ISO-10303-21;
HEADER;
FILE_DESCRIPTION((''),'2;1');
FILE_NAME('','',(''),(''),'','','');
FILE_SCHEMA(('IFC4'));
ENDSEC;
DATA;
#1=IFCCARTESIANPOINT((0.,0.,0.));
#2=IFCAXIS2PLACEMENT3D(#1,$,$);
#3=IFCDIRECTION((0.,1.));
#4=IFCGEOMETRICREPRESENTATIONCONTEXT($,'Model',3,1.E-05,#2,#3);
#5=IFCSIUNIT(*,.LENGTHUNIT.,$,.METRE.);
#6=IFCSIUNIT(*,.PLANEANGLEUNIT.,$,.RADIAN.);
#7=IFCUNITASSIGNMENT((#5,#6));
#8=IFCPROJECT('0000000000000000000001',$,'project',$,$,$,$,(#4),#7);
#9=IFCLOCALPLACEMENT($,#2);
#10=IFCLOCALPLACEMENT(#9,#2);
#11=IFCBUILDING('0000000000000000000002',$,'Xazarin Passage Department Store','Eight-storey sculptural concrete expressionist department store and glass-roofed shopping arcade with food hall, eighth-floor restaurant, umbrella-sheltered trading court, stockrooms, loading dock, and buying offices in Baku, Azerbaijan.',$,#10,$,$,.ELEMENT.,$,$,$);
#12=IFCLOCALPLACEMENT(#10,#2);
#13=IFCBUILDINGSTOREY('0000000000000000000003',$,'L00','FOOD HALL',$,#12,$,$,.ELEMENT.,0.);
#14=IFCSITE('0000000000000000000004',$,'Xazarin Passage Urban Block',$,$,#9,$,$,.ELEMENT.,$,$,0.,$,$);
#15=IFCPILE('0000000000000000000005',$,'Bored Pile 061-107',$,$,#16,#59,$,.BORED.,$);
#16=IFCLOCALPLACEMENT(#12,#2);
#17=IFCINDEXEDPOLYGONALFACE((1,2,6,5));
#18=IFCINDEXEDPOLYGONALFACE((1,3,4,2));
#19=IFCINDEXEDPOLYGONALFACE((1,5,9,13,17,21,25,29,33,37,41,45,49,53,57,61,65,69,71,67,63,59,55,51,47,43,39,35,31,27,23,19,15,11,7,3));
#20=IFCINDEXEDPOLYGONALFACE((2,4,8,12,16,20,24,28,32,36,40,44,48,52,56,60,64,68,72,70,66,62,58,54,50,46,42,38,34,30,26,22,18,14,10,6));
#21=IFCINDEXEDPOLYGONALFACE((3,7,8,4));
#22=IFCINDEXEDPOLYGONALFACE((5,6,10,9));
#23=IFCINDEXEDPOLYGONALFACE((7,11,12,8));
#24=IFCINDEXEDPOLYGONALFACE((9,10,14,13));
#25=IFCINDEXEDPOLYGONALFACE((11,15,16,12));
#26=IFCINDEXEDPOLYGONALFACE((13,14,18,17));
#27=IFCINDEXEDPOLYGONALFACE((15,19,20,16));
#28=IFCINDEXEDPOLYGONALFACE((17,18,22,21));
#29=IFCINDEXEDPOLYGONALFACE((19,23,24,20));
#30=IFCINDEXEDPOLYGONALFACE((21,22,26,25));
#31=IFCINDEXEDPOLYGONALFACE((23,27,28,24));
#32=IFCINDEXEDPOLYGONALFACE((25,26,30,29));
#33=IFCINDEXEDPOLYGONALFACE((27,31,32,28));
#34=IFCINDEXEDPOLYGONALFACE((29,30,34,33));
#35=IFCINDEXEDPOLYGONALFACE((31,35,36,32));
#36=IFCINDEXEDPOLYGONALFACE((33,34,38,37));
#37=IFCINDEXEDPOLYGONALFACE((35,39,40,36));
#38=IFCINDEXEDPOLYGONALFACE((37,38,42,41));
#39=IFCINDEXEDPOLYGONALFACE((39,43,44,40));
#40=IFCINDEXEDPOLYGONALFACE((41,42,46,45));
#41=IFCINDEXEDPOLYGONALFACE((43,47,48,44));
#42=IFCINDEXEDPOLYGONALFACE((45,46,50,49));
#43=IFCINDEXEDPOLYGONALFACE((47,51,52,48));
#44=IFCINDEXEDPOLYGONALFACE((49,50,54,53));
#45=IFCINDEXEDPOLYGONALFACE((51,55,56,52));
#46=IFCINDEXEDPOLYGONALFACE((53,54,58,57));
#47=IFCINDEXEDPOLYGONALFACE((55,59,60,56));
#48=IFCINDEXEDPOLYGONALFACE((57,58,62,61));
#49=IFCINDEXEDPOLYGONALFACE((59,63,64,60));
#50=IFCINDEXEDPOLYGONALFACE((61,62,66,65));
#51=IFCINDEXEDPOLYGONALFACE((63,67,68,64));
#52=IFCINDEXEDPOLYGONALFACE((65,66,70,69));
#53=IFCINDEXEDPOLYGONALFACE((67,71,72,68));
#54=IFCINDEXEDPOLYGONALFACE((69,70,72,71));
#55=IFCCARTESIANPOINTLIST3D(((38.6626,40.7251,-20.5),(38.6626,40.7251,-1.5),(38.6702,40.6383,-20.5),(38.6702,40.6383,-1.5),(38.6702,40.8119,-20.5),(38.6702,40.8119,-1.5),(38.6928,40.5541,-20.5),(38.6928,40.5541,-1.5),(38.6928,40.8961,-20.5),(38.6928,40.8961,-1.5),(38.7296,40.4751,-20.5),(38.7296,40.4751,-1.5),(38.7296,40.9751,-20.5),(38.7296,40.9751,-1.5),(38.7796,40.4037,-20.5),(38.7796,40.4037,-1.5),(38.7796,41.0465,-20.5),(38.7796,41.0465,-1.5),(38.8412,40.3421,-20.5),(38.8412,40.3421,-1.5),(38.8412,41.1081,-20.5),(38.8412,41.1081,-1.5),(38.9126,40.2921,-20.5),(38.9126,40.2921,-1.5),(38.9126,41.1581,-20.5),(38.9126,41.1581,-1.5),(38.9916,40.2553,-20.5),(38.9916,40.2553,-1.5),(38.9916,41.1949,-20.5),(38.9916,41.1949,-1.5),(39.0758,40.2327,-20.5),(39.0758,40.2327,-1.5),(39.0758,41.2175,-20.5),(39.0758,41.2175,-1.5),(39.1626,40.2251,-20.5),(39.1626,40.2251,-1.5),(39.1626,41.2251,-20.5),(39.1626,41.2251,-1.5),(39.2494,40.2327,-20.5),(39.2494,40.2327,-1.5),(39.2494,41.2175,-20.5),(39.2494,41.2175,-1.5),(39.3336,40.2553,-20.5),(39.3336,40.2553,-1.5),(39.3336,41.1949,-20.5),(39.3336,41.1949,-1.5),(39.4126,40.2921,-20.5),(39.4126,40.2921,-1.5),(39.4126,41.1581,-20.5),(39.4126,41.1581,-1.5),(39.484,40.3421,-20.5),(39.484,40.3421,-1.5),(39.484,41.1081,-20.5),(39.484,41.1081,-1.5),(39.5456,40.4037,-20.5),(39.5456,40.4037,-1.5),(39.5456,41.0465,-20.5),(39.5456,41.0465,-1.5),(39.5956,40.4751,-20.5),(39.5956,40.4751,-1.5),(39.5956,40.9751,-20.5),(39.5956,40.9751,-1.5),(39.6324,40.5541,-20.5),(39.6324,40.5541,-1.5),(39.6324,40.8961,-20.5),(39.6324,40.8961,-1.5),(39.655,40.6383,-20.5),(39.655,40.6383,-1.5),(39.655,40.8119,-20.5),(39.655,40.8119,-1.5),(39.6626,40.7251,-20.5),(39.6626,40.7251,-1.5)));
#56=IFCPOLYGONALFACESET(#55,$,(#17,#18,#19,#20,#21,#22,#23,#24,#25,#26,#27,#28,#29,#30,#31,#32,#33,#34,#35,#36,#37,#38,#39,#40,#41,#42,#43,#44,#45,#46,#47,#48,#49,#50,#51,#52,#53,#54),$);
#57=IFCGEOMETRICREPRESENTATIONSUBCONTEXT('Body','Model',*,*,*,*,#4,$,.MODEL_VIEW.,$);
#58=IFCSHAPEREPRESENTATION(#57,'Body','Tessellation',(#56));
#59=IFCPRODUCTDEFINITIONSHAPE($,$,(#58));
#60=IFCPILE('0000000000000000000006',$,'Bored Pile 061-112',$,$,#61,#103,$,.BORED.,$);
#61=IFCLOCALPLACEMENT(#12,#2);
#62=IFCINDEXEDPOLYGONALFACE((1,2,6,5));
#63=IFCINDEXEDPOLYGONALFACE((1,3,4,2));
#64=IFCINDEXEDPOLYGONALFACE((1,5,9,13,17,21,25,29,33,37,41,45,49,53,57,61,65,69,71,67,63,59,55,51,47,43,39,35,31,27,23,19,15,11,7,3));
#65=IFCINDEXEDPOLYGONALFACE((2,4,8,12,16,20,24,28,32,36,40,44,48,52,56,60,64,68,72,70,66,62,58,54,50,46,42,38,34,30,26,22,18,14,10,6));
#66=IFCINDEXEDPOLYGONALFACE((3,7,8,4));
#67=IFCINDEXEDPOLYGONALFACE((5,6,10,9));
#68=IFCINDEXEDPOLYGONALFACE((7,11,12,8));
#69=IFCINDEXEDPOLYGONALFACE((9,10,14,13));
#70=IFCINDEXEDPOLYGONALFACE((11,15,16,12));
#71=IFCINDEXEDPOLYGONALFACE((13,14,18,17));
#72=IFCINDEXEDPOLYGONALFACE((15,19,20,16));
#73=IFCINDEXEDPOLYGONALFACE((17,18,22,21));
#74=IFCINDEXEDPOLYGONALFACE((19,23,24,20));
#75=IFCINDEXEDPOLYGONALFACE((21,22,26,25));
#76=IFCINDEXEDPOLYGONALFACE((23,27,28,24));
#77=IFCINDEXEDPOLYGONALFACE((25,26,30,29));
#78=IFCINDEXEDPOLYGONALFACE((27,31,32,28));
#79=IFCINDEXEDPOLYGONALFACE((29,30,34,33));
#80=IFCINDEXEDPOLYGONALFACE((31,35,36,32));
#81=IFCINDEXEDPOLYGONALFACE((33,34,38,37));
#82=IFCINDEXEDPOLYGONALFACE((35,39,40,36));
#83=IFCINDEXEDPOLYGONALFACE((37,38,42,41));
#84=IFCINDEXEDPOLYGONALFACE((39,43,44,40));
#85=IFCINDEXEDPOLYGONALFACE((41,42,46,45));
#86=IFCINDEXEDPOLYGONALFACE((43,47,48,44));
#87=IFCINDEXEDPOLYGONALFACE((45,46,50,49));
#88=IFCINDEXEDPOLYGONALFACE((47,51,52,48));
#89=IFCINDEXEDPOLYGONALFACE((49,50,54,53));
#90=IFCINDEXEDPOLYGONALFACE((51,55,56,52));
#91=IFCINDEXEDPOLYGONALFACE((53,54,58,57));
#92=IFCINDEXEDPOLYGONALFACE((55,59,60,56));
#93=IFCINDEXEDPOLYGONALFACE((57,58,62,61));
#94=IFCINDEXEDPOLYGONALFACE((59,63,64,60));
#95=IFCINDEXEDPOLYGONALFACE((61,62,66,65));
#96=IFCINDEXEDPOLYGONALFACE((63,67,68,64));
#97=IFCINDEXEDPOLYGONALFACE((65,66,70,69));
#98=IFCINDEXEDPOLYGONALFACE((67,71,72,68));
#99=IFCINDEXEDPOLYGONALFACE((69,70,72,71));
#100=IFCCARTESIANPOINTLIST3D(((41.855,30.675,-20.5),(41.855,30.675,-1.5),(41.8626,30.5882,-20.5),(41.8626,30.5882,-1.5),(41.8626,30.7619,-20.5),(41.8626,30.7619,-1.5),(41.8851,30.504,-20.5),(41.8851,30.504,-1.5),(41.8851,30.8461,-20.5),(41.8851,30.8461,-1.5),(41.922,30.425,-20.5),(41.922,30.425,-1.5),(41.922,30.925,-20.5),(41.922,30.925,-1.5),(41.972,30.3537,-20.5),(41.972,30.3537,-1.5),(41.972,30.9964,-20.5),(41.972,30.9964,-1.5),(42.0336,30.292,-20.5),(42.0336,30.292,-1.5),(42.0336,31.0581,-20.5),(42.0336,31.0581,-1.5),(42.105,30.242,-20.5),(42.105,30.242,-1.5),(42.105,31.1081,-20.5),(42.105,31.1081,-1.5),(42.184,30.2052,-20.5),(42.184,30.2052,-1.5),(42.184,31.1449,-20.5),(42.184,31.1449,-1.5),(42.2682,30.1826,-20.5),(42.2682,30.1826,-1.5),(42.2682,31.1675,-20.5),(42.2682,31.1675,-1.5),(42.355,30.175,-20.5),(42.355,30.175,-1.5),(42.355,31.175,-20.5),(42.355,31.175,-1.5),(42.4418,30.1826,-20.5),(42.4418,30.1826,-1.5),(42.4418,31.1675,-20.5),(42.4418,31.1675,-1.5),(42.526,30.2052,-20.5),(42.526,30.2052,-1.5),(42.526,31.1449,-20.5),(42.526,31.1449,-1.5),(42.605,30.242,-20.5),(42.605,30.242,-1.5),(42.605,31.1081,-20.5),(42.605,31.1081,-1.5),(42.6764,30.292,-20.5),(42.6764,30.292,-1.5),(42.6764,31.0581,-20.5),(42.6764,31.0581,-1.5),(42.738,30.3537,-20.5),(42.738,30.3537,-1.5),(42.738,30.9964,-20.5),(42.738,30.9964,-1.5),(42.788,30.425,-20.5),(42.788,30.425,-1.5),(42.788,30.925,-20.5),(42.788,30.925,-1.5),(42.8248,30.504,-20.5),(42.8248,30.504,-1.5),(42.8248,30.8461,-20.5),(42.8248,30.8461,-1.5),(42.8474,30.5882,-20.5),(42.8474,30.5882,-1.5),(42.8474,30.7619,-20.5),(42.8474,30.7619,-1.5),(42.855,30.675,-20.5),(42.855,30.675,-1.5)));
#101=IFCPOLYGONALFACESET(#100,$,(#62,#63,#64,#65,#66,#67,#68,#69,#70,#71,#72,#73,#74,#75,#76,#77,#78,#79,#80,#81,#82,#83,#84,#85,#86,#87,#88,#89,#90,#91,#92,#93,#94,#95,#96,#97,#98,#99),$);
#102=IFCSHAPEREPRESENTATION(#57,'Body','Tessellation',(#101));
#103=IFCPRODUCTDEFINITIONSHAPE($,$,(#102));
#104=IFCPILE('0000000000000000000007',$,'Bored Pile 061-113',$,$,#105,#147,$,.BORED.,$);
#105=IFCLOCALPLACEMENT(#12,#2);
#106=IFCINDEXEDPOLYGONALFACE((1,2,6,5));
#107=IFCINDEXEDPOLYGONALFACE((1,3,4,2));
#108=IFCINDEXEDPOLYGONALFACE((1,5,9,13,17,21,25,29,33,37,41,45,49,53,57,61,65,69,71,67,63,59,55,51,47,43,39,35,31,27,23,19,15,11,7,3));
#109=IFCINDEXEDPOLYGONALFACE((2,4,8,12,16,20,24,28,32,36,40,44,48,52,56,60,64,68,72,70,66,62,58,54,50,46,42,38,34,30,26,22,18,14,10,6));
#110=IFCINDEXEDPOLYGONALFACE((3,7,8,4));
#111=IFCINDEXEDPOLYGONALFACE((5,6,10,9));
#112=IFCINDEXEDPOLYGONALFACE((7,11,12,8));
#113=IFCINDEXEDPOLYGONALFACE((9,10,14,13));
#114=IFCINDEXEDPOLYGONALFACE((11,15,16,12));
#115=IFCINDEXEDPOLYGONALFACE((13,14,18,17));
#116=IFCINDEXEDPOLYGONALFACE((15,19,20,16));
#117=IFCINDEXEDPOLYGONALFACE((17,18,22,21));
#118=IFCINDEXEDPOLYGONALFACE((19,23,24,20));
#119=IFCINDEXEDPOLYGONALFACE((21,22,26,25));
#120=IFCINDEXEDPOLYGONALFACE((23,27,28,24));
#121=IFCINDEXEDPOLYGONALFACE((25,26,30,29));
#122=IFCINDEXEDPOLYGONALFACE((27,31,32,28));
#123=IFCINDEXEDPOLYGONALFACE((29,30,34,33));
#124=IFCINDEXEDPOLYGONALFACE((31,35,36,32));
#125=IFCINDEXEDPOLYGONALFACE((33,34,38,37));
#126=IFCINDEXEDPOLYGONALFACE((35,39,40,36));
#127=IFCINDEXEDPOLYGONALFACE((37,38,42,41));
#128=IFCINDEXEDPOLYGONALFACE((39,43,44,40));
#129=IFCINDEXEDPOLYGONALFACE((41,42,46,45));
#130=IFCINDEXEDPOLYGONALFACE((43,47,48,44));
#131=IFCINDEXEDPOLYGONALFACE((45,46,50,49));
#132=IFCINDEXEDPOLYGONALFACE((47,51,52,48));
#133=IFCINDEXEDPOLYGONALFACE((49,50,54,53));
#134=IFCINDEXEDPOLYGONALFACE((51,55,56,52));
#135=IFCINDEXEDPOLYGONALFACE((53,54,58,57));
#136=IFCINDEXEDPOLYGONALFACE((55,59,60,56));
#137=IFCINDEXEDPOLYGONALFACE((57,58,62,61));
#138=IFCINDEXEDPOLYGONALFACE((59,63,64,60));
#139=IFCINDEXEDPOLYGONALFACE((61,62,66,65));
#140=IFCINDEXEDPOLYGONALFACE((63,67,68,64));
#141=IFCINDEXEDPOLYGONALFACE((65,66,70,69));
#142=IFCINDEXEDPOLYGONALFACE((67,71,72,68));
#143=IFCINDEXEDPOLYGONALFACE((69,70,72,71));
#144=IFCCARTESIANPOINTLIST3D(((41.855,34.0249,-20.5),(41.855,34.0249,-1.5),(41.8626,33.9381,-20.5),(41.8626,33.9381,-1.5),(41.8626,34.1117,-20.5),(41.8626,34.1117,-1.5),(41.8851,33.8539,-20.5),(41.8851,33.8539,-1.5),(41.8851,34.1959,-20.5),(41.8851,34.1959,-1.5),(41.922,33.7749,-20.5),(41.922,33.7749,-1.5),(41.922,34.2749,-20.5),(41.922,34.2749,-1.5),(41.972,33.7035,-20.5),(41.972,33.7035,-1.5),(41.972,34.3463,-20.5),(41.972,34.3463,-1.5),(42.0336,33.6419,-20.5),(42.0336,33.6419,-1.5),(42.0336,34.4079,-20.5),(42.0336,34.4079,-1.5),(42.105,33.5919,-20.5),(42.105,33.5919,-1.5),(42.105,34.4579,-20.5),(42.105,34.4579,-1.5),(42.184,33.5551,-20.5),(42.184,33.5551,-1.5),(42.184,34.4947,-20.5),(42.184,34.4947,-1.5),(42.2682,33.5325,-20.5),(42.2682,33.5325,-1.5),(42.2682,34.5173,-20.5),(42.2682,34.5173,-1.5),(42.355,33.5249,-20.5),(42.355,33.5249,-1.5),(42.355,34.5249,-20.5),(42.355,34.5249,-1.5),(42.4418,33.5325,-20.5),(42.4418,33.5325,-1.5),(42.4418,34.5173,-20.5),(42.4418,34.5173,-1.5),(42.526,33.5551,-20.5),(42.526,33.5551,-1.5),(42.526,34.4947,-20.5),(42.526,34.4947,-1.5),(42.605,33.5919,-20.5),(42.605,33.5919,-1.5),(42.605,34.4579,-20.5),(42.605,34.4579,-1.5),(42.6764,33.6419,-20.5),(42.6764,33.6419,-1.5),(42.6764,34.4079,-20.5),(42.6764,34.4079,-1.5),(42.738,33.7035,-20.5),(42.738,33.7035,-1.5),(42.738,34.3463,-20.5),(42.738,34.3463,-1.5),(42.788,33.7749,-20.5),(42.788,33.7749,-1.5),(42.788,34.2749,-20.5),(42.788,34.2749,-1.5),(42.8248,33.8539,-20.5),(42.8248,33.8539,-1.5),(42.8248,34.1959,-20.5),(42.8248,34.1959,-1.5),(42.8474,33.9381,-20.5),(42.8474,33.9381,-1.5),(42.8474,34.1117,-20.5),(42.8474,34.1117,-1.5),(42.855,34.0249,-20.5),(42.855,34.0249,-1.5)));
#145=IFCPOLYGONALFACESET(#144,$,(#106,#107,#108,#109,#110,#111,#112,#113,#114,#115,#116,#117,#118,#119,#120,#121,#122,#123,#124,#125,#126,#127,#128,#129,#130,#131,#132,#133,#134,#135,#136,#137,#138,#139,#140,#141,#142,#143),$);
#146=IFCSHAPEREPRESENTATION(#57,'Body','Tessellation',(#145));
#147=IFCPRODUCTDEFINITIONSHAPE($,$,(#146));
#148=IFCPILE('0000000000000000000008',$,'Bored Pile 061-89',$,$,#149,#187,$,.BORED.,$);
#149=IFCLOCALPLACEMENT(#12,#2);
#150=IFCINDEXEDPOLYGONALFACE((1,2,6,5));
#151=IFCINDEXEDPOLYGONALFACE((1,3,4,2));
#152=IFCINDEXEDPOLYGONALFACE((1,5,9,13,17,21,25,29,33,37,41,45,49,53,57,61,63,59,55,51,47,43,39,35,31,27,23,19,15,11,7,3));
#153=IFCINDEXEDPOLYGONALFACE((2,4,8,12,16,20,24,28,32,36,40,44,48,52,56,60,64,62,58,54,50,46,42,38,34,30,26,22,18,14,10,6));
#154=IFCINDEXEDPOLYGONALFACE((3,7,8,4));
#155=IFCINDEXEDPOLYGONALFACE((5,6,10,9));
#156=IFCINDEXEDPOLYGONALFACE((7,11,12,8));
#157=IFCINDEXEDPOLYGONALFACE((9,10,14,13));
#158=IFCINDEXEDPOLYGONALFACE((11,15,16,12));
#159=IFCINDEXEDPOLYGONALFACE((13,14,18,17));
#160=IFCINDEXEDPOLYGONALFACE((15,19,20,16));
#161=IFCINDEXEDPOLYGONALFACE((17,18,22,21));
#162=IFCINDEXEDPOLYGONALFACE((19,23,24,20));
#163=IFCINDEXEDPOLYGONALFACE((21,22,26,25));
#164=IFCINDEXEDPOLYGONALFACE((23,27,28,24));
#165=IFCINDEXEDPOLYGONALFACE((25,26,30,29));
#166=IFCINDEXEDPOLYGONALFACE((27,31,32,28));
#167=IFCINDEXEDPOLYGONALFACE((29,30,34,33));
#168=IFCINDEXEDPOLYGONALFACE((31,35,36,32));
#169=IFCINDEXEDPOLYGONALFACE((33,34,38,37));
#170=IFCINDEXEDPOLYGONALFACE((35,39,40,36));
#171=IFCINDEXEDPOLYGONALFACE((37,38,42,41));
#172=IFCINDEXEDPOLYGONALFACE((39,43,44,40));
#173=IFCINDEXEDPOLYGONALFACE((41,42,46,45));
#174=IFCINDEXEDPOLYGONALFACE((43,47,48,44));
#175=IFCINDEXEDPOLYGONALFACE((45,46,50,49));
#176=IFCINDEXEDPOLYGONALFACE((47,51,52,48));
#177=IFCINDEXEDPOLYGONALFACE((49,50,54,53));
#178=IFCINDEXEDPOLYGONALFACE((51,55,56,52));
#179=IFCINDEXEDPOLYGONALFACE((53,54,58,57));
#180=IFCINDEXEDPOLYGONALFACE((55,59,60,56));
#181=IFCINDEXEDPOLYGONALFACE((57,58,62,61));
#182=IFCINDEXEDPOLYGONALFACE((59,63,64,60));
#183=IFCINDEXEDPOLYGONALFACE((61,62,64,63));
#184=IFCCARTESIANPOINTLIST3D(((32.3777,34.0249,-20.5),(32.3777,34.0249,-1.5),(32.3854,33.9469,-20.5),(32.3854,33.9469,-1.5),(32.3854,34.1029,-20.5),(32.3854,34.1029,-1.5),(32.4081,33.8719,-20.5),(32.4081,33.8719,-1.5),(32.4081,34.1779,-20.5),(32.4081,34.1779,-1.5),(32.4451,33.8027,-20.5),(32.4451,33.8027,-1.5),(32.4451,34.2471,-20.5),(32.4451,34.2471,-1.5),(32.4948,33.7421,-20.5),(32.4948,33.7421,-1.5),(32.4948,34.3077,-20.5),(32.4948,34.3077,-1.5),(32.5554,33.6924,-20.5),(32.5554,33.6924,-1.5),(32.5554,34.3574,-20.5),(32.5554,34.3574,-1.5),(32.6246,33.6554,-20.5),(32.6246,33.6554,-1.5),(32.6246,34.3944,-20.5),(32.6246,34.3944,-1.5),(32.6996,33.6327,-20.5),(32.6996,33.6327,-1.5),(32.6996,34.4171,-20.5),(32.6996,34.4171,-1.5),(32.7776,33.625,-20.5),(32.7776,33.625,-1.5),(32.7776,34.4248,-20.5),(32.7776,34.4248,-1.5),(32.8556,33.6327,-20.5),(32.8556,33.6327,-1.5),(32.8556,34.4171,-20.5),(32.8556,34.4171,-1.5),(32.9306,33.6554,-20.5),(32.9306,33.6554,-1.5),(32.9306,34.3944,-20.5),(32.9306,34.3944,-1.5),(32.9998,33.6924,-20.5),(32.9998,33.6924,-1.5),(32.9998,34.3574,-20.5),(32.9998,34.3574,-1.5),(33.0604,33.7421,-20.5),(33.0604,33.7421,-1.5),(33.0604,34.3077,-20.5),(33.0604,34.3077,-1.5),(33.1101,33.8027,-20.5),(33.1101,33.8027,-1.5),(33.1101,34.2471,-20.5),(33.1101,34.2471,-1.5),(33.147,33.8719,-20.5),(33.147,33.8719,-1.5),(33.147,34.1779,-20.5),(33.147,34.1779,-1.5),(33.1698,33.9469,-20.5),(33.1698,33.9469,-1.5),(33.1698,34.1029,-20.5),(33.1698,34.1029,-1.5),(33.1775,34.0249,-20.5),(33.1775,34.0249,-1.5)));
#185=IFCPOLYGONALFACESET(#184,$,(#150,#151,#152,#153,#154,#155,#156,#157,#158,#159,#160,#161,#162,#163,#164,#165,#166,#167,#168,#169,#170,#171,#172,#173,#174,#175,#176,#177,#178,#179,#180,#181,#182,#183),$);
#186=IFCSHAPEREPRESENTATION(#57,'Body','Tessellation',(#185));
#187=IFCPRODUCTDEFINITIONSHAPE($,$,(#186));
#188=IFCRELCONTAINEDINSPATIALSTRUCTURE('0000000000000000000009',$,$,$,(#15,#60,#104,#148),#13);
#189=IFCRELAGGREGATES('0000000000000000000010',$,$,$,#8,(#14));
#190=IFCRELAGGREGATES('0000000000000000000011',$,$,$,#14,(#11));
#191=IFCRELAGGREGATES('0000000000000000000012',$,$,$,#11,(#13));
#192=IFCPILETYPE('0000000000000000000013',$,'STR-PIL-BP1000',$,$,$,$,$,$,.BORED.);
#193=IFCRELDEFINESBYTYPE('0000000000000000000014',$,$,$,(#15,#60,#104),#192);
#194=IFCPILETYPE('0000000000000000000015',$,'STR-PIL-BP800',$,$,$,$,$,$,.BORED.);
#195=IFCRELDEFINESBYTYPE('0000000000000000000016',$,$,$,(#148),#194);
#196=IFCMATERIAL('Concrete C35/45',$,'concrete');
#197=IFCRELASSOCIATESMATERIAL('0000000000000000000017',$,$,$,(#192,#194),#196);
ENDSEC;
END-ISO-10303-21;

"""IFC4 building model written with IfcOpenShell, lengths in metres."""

from ifc_helpers import new_model, si_unit, direction, frame, origin, origin_2d, place, context, subcontext, project, spatial, circle, extrude, material, material_profile, profile_set, type_object, element, save


model = new_model("IFC4")

# Units and contexts
model_context = context("Model", 3, precision=1e-05, world=origin(), true_north=direction((0.0, 1.0)))
body_context = subcontext(model_context, "Body", "Model", "MODEL_VIEW")
ifc_project = project(units=[si_unit("LENGTHUNIT", "METRE"), si_unit("PLANEANGLEUNIT", "RADIAN")], contexts=[model_context])

# Site, building, storey
site_placement = place(None, origin())
site = spatial("IfcSite", under=ifc_project, at=site_placement, Name="Xazarin Passage Urban Block", CompositionType="ELEMENT", RefElevation=0.0)
building_placement = place(site_placement, origin())
building = spatial("IfcBuilding", under=site, at=building_placement, Name="Xazarin Passage Department Store", Description="Eight-storey sculptural concrete expressionist department store and glass-roofed shopping arcade with food hall, eighth-floor restaurant, umbrella-sheltered trading court, stockrooms, loading dock, and buying offices in Baku, Azerbaijan.", CompositionType="ELEMENT")
storey_placement = place(building_placement, origin())
storey = spatial("IfcBuildingStorey", under=building, at=storey_placement, Name="L00", Description="FOOD HALL", CompositionType="ELEMENT", Elevation=0.0)

# Shared definitions
ifc_material_1 = material(Name="Concrete C35/45", Category="concrete")

# Piles
ifc_material_profile_1 = material_profile(ifc_material_1, circle(Radius=0.5, at=origin_2d()), Name="BP 1000")
ifc_profile_set_1 = profile_set([ifc_material_profile_1], Name="Concrete C35/45")
pile_type_1 = type_object("IfcPileType", Name="STR-PIL-BP1000", PredefinedType="BORED", material=ifc_profile_set_1)
for number, where, z_axis, x_axis, name in (
    (1, (39.1626, 40.7251, -1.5), (0.0, 0.0, -1.0), (1.0, 0.0, 0.0), "Bored Pile 061-107"),
    (2, (42.355, 30.675, -1.5), (0.0, 0.0, -1.0), (1.0, 0.0, 0.0), "Bored Pile 061-112"),
    (3, (42.355, 34.0249, -1.5), (0.0, 0.0, -1.0), (1.0, 0.0, 0.0), "Bored Pile 061-113"),
):
    element("IfcPile", number, at=place(storey_placement, frame(where, z_axis=z_axis, x_axis=x_axis)), inside=storey, type_object=pile_type_1, Name=name, PredefinedType="BORED", context=body_context, shape_type="SweptSolid", body=[
        extrude(circle(Radius=0.5, at=origin_2d()), origin(), (0.0, 0.0, 1.0), 19.0),
    ])
ifc_material_profile_2 = material_profile(ifc_material_1, circle(Radius=0.3999, at=origin_2d()), Name="BP 800")
ifc_profile_set_2 = profile_set([ifc_material_profile_2], Name="Concrete C35/45")
pile_type_2 = type_object("IfcPileType", Name="STR-PIL-BP800", PredefinedType="BORED", material=ifc_profile_set_2)
for number, where, z_axis, x_axis, name in (
    (4, (32.7776, 34.0249, -1.5), (0.0, 0.0, -1.0), (1.0, 0.0, 0.0), "Bored Pile 061-89"),
):
    element("IfcPile", number, at=place(storey_placement, frame(where, z_axis=z_axis, x_axis=x_axis)), inside=storey, type_object=pile_type_2, Name=name, PredefinedType="BORED", context=body_context, shape_type="SweptSolid", body=[
        extrude(circle(Radius=0.3999, at=origin_2d()), origin(), (0.0, 0.0, 1.0), 19.0),
    ])

save(model, "model.ifc")
